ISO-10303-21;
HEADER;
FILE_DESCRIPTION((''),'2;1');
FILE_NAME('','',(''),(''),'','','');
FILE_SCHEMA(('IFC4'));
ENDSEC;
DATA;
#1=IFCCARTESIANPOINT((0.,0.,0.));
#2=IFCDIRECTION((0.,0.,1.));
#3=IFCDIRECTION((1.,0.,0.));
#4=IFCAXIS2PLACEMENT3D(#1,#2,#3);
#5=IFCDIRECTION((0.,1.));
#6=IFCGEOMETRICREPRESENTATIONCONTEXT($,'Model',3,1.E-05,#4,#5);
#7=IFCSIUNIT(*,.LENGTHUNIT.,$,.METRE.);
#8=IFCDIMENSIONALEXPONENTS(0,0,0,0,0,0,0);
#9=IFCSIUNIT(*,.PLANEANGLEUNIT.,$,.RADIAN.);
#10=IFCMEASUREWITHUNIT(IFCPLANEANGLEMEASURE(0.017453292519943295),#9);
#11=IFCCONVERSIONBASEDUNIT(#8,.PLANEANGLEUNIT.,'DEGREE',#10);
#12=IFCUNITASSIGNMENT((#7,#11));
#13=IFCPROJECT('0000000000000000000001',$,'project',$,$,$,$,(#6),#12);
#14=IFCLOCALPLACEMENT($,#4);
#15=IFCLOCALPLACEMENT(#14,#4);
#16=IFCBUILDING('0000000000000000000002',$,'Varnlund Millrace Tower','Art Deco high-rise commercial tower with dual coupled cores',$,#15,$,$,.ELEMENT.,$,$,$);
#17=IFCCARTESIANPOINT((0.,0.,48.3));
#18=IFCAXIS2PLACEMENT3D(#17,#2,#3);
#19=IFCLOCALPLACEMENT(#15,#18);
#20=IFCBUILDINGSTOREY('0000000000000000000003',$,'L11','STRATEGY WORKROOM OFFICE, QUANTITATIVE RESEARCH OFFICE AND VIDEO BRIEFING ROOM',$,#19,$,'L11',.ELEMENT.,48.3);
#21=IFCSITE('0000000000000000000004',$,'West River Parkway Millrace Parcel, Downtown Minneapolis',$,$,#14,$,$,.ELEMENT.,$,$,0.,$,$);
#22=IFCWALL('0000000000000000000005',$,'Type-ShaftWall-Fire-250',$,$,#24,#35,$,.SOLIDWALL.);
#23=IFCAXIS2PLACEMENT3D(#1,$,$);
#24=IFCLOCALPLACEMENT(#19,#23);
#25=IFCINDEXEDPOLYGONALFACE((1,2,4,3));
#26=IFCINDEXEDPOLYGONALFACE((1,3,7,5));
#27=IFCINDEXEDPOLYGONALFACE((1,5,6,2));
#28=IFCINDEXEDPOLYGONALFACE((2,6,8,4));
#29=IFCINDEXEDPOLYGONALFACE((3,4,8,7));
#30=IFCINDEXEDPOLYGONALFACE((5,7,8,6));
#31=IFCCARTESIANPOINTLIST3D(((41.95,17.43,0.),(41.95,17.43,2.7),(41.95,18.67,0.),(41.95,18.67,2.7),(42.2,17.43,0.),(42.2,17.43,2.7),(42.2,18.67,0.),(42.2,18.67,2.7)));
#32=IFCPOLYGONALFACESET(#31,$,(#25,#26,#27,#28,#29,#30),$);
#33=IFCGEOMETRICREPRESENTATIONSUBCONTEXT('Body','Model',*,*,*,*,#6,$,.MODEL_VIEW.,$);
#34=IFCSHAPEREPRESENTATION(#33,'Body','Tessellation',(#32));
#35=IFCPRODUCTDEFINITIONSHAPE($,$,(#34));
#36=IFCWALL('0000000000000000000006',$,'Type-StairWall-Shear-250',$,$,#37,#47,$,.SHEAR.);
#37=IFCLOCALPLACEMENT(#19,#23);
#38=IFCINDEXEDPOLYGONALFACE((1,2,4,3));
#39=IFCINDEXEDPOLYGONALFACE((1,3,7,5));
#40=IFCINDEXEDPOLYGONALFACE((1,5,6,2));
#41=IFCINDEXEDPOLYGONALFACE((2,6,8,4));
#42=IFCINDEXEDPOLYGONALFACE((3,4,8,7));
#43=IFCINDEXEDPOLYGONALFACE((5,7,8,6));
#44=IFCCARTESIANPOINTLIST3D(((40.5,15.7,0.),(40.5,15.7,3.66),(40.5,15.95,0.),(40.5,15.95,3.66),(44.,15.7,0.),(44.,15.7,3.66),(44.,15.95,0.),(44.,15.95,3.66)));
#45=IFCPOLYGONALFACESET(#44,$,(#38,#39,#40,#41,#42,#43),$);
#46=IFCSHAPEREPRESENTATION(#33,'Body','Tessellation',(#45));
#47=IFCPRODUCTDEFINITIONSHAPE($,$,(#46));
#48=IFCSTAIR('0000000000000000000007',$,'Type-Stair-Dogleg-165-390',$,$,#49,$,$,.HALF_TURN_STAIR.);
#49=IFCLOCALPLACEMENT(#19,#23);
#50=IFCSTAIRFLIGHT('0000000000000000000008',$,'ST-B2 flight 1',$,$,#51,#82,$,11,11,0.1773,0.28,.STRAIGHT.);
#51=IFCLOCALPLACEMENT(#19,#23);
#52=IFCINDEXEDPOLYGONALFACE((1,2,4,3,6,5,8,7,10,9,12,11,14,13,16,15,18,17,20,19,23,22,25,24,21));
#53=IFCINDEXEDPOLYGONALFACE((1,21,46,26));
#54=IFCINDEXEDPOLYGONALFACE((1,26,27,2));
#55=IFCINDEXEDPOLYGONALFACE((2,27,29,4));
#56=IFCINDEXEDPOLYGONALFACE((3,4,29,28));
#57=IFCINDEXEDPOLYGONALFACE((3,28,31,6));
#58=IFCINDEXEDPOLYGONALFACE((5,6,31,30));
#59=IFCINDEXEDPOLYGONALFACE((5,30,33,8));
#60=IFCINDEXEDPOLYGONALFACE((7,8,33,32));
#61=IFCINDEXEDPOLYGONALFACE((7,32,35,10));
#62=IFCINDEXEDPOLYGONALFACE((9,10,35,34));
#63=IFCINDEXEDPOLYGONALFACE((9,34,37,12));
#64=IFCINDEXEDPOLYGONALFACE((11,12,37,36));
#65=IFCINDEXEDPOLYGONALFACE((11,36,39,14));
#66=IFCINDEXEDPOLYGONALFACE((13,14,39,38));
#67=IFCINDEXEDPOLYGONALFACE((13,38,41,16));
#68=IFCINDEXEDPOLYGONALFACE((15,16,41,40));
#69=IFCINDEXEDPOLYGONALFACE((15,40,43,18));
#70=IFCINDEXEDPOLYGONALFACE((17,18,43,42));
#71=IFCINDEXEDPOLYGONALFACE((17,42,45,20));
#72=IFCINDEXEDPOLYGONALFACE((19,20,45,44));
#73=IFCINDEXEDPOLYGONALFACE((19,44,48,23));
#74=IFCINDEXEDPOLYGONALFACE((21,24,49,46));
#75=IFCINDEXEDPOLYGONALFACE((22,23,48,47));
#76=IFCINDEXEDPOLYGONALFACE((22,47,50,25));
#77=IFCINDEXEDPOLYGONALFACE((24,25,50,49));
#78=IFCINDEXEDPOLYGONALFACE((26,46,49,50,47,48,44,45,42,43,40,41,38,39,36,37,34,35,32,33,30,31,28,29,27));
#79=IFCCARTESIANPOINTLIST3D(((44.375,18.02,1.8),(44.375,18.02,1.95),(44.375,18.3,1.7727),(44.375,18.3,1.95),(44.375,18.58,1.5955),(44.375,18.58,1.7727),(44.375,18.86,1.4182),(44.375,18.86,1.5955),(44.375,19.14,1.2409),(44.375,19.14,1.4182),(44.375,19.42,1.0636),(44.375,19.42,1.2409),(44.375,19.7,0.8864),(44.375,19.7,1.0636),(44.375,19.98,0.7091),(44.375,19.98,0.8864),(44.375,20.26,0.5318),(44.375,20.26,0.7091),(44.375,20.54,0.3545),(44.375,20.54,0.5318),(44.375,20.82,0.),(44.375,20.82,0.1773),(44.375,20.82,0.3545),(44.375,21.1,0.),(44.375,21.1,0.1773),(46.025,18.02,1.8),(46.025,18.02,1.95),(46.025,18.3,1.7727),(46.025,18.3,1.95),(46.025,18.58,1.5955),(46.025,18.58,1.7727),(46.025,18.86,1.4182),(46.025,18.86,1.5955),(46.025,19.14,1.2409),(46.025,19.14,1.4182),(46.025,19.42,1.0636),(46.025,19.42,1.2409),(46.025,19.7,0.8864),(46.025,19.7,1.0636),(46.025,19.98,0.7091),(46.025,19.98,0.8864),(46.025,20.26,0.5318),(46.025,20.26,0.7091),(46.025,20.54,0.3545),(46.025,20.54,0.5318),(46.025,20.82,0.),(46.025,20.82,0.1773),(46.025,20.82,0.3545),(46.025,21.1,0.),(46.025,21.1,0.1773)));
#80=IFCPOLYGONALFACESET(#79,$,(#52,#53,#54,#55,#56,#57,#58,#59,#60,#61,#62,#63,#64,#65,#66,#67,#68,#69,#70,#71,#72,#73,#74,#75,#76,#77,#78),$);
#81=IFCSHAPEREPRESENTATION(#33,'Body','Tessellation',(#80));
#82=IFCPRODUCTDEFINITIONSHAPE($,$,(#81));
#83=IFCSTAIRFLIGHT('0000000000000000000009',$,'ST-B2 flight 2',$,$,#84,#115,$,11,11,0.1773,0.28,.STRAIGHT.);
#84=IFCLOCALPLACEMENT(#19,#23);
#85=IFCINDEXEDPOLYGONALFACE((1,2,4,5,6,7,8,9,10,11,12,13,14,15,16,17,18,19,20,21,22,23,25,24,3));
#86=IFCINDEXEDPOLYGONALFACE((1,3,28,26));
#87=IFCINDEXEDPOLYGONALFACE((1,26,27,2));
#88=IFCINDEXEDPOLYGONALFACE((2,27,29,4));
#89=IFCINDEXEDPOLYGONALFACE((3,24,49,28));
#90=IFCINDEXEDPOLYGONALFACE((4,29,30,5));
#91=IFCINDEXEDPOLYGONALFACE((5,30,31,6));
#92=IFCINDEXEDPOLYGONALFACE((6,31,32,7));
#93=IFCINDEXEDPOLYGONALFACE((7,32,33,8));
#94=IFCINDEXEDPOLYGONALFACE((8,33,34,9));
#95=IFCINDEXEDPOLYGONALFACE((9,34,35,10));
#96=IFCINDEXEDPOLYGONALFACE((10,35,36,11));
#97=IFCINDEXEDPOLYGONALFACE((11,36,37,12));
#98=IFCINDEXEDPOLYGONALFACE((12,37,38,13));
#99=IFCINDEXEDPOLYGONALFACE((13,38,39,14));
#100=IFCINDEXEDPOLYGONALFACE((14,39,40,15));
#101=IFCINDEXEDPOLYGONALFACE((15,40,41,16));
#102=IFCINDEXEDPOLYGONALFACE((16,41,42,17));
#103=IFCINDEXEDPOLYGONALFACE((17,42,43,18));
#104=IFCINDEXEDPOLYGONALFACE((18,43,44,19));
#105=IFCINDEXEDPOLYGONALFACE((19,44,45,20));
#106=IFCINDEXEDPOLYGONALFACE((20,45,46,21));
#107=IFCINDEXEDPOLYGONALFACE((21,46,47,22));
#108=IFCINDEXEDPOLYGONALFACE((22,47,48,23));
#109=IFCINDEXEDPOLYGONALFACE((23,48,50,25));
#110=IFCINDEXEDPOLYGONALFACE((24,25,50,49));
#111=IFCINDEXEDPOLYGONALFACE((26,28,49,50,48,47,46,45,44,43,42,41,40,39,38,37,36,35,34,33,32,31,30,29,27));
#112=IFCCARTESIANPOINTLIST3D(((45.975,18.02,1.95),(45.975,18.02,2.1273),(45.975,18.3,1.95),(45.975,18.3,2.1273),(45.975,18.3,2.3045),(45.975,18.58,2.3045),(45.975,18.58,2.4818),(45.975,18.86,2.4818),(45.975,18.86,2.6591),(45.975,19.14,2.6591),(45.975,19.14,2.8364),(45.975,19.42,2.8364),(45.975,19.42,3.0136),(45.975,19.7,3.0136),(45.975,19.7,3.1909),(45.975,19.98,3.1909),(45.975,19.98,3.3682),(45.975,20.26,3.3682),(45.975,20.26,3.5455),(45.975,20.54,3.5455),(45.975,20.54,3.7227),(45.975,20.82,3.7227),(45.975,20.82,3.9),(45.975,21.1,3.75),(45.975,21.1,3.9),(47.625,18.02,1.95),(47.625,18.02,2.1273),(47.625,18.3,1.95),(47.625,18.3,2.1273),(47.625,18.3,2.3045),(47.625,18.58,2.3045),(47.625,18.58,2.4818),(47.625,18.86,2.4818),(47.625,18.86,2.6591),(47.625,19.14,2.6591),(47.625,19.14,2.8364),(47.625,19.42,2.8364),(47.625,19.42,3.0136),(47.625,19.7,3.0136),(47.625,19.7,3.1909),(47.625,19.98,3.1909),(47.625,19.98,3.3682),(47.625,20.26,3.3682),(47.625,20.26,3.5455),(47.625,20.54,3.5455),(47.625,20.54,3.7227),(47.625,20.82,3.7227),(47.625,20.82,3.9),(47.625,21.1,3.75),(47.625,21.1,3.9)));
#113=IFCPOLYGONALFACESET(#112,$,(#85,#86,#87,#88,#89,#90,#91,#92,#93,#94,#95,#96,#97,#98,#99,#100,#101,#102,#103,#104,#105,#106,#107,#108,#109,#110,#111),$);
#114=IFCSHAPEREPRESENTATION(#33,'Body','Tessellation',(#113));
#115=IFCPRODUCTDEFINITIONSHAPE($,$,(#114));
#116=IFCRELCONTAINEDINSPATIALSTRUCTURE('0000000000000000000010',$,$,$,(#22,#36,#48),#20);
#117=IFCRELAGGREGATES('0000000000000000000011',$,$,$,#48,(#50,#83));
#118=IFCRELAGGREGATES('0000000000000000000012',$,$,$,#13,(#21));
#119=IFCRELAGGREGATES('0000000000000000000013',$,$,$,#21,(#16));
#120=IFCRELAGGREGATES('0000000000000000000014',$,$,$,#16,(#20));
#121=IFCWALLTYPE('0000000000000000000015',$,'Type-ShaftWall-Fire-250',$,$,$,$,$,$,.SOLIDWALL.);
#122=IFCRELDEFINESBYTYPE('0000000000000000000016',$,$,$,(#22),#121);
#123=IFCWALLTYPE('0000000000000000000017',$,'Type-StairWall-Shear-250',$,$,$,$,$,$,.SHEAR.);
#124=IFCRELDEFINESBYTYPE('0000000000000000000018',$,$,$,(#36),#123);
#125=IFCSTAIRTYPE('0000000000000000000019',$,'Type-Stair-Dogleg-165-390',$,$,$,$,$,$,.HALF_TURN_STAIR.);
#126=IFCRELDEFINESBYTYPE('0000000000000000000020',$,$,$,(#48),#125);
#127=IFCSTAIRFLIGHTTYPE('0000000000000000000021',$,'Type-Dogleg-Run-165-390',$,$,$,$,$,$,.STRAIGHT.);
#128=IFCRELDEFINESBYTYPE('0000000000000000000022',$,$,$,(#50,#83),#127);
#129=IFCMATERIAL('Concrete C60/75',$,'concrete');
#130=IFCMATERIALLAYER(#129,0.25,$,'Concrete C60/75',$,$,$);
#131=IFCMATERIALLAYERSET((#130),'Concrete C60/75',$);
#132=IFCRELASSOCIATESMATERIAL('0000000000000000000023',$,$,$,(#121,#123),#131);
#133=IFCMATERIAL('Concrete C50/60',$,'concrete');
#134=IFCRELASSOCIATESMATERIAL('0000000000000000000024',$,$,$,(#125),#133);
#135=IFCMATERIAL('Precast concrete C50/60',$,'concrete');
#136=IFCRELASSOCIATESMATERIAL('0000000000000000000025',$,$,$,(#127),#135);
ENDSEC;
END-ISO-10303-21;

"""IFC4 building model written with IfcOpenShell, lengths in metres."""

from ifc_helpers import new_model, entity, si_unit, converted_unit, direction, frame, origin_with_axes, place, context, subcontext, project, spatial, polyline, outline, extrude, material, layer, layer_set, type_object, element, aggregate, save


model = new_model("IFC4")

# Units and contexts
model_context = context("Model", 3, precision=1e-05, world=origin_with_axes(), true_north=direction((0.0, 1.0)))
body_context = subcontext(model_context, "Body", "Model", "MODEL_VIEW")
ifc_project = project(units=[si_unit("LENGTHUNIT", "METRE"), converted_unit("PLANEANGLEUNIT", "DEGREE", entity("IfcPlaneAngleMeasure", 0.017453292519943295), si_unit("PLANEANGLEUNIT", "RADIAN"), dimensions=[0, 0, 0, 0, 0, 0, 0])], contexts=[model_context])

# Site, building, storey
site_placement = place(None, origin_with_axes())
site = spatial("IfcSite", under=ifc_project, at=site_placement, Name="West River Parkway Millrace Parcel, Downtown Minneapolis", CompositionType="ELEMENT", RefElevation=0.0)
building_placement = place(site_placement, origin_with_axes())
building = spatial("IfcBuilding", under=site, at=building_placement, Name="Varnlund Millrace Tower", Description="Art Deco high-rise commercial tower with dual coupled cores", CompositionType="ELEMENT")
storey_placement = place(building_placement, frame((0.0, 0.0, 48.3), z_axis=(0.0, 0.0, 1.0), x_axis=(1.0, 0.0, 0.0)))
storey = spatial("IfcBuildingStorey", under=building, at=storey_placement, Name="L11", Description="STRATEGY WORKROOM OFFICE, QUANTITATIVE RESEARCH OFFICE AND VIDEO BRIEFING ROOM", LongName="L11", CompositionType="ELEMENT", Elevation=48.3)

# Shared definitions
ifc_material_1 = material(Name="Precast concrete C50/60", Category="concrete")

# Shared definitions
ifc_material_2 = material(Name="Concrete C60/75", Category="concrete")
ifc_layer_1 = layer(ifc_material_2, 0.25, Name="Concrete C60/75")
ifc_layer_set_1 = layer_set([ifc_layer_1], Name="Concrete C60/75")
wall_type_1 = type_object("IfcWallType", Name="Type-ShaftWall-Fire-250", PredefinedType="SOLIDWALL", material=ifc_layer_set_1)

# Walls
wall_1_placement = place(storey_placement, frame((42.075, 17.43, 0.0), z_axis=(0.0, 0.0, 1.0), x_axis=(0.0, 1.0, 0.0)))
element("IfcWall", 1, at=wall_1_placement, inside=storey, type_object=wall_type_1, Name="Type-ShaftWall-Fire-250", PredefinedType="SOLIDWALL", context=body_context, shape_type="SweptSolid", body=[
    extrude(outline(polyline([(0.0, -0.125), (1.24, -0.125), (1.24, 0.125), (0.0, 0.125), (0.0, -0.125)])), origin_with_axes(), (0.0, 0.0, 1.0), 2.7),
])
wall_type_2 = type_object("IfcWallType", Name="Type-StairWall-Shear-250", PredefinedType="SHEAR", material=ifc_layer_set_1)
wall_2_placement = place(storey_placement, frame((40.5, 15.825, 0.0), z_axis=(0.0, 0.0, 1.0), x_axis=(1.0, 0.0, 0.0)))
element("IfcWall", 2, at=wall_2_placement, inside=storey, type_object=wall_type_2, Name="Type-StairWall-Shear-250", PredefinedType="SHEAR", context=body_context, shape_type="SweptSolid", body=[
    extrude(outline(polyline([(0.0, -0.125), (3.5, -0.125), (3.5, 0.125), (0.0, 0.125), (0.0, -0.125)])), origin_with_axes(), (0.0, 0.0, 1.0), 3.66),
])

# Stair, stair flights
ifc_material_3 = material(Name="Concrete C50/60", Category="concrete")
stair_type = type_object("IfcStairType", Name="Type-Stair-Dogleg-165-390", PredefinedType="HALF_TURN_STAIR", material=ifc_material_3)
stair_placement = place(storey_placement, origin_with_axes())
stair = element("IfcStair", 3, at=stair_placement, inside=storey, type_object=stair_type, Name="Type-Stair-Dogleg-165-390", PredefinedType="HALF_TURN_STAIR")
stair_flight_type = type_object("IfcStairFlightType", Name="Type-Dogleg-Run-165-390", PredefinedType="STRAIGHT", material=ifc_material_1)
stair_flight_1_placement = place(storey_placement, frame((46.025, 21.1, 0.0), z_axis=(-1.0, 0.0, 0.0), x_axis=(0.0, -1.0, 0.0)))
stair_flight_1 = element("IfcStairFlight", 4, at=stair_flight_1_placement, type_object=stair_flight_type, Name="ST-B2 flight 1", NumberOfRisers=11, NumberOfTreads=11, PredefinedType="STRAIGHT", RiserHeight=0.1773, TreadLength=0.28, context=body_context, shape_type="SweptSolid", body=[
    extrude(outline(polyline([(0.0, 0.0), (0.0, 0.1773), (0.28, 0.1773), (0.28, 0.3545), (0.56, 0.3545), (0.56, 0.5318), (0.84, 0.5318), (0.84, 0.7091), (1.12, 0.7091), (1.12, 0.8864), (1.4, 0.8864), (1.4, 1.0636), (1.68, 1.0636), (1.68, 1.2409), (1.96, 1.2409), (1.96, 1.4182), (2.24, 1.4182), (2.24, 1.5955), (2.52, 1.5955), (2.52, 1.7727), (2.8, 1.7727), (2.8, 1.95), (3.08, 1.95), (3.08, 1.8), (0.28, 0.0), (0.0, 0.0)])), origin_with_axes(), (0.0, 0.0, 1.0), 1.65),
])
stair_flight_2_placement = place(storey_placement, frame((45.975, 18.02, 1.95), z_axis=(1.0, 0.0, 0.0), x_axis=(0.0, 1.0, 0.0)))
stair_flight_2 = element("IfcStairFlight", 5, at=stair_flight_2_placement, type_object=stair_flight_type, Name="ST-B2 flight 2", NumberOfRisers=11, NumberOfTreads=11, PredefinedType="STRAIGHT", RiserHeight=0.1773, TreadLength=0.28, context=body_context, shape_type="SweptSolid", body=[
    extrude(outline(polyline([(0.0, 0.0), (0.0, 0.1773), (0.28, 0.1773), (0.28, 0.3545), (0.56, 0.3545), (0.56, 0.5318), (0.84, 0.5318), (0.84, 0.7091), (1.12, 0.7091), (1.12, 0.8864), (1.4, 0.8864), (1.4, 1.0636), (1.68, 1.0636), (1.68, 1.2409), (1.96, 1.2409), (1.96, 1.4182), (2.24, 1.4182), (2.24, 1.5955), (2.52, 1.5955), (2.52, 1.7727), (2.8, 1.7727), (2.8, 1.95), (3.08, 1.95), (3.08, 1.8), (0.28, 0.0), (0.0, 0.0)])), origin_with_axes(), (0.0, 0.0, 1.0), 1.65),
])
aggregate(stair, [stair_flight_1, stair_flight_2])

save(model, "model.ifc")
